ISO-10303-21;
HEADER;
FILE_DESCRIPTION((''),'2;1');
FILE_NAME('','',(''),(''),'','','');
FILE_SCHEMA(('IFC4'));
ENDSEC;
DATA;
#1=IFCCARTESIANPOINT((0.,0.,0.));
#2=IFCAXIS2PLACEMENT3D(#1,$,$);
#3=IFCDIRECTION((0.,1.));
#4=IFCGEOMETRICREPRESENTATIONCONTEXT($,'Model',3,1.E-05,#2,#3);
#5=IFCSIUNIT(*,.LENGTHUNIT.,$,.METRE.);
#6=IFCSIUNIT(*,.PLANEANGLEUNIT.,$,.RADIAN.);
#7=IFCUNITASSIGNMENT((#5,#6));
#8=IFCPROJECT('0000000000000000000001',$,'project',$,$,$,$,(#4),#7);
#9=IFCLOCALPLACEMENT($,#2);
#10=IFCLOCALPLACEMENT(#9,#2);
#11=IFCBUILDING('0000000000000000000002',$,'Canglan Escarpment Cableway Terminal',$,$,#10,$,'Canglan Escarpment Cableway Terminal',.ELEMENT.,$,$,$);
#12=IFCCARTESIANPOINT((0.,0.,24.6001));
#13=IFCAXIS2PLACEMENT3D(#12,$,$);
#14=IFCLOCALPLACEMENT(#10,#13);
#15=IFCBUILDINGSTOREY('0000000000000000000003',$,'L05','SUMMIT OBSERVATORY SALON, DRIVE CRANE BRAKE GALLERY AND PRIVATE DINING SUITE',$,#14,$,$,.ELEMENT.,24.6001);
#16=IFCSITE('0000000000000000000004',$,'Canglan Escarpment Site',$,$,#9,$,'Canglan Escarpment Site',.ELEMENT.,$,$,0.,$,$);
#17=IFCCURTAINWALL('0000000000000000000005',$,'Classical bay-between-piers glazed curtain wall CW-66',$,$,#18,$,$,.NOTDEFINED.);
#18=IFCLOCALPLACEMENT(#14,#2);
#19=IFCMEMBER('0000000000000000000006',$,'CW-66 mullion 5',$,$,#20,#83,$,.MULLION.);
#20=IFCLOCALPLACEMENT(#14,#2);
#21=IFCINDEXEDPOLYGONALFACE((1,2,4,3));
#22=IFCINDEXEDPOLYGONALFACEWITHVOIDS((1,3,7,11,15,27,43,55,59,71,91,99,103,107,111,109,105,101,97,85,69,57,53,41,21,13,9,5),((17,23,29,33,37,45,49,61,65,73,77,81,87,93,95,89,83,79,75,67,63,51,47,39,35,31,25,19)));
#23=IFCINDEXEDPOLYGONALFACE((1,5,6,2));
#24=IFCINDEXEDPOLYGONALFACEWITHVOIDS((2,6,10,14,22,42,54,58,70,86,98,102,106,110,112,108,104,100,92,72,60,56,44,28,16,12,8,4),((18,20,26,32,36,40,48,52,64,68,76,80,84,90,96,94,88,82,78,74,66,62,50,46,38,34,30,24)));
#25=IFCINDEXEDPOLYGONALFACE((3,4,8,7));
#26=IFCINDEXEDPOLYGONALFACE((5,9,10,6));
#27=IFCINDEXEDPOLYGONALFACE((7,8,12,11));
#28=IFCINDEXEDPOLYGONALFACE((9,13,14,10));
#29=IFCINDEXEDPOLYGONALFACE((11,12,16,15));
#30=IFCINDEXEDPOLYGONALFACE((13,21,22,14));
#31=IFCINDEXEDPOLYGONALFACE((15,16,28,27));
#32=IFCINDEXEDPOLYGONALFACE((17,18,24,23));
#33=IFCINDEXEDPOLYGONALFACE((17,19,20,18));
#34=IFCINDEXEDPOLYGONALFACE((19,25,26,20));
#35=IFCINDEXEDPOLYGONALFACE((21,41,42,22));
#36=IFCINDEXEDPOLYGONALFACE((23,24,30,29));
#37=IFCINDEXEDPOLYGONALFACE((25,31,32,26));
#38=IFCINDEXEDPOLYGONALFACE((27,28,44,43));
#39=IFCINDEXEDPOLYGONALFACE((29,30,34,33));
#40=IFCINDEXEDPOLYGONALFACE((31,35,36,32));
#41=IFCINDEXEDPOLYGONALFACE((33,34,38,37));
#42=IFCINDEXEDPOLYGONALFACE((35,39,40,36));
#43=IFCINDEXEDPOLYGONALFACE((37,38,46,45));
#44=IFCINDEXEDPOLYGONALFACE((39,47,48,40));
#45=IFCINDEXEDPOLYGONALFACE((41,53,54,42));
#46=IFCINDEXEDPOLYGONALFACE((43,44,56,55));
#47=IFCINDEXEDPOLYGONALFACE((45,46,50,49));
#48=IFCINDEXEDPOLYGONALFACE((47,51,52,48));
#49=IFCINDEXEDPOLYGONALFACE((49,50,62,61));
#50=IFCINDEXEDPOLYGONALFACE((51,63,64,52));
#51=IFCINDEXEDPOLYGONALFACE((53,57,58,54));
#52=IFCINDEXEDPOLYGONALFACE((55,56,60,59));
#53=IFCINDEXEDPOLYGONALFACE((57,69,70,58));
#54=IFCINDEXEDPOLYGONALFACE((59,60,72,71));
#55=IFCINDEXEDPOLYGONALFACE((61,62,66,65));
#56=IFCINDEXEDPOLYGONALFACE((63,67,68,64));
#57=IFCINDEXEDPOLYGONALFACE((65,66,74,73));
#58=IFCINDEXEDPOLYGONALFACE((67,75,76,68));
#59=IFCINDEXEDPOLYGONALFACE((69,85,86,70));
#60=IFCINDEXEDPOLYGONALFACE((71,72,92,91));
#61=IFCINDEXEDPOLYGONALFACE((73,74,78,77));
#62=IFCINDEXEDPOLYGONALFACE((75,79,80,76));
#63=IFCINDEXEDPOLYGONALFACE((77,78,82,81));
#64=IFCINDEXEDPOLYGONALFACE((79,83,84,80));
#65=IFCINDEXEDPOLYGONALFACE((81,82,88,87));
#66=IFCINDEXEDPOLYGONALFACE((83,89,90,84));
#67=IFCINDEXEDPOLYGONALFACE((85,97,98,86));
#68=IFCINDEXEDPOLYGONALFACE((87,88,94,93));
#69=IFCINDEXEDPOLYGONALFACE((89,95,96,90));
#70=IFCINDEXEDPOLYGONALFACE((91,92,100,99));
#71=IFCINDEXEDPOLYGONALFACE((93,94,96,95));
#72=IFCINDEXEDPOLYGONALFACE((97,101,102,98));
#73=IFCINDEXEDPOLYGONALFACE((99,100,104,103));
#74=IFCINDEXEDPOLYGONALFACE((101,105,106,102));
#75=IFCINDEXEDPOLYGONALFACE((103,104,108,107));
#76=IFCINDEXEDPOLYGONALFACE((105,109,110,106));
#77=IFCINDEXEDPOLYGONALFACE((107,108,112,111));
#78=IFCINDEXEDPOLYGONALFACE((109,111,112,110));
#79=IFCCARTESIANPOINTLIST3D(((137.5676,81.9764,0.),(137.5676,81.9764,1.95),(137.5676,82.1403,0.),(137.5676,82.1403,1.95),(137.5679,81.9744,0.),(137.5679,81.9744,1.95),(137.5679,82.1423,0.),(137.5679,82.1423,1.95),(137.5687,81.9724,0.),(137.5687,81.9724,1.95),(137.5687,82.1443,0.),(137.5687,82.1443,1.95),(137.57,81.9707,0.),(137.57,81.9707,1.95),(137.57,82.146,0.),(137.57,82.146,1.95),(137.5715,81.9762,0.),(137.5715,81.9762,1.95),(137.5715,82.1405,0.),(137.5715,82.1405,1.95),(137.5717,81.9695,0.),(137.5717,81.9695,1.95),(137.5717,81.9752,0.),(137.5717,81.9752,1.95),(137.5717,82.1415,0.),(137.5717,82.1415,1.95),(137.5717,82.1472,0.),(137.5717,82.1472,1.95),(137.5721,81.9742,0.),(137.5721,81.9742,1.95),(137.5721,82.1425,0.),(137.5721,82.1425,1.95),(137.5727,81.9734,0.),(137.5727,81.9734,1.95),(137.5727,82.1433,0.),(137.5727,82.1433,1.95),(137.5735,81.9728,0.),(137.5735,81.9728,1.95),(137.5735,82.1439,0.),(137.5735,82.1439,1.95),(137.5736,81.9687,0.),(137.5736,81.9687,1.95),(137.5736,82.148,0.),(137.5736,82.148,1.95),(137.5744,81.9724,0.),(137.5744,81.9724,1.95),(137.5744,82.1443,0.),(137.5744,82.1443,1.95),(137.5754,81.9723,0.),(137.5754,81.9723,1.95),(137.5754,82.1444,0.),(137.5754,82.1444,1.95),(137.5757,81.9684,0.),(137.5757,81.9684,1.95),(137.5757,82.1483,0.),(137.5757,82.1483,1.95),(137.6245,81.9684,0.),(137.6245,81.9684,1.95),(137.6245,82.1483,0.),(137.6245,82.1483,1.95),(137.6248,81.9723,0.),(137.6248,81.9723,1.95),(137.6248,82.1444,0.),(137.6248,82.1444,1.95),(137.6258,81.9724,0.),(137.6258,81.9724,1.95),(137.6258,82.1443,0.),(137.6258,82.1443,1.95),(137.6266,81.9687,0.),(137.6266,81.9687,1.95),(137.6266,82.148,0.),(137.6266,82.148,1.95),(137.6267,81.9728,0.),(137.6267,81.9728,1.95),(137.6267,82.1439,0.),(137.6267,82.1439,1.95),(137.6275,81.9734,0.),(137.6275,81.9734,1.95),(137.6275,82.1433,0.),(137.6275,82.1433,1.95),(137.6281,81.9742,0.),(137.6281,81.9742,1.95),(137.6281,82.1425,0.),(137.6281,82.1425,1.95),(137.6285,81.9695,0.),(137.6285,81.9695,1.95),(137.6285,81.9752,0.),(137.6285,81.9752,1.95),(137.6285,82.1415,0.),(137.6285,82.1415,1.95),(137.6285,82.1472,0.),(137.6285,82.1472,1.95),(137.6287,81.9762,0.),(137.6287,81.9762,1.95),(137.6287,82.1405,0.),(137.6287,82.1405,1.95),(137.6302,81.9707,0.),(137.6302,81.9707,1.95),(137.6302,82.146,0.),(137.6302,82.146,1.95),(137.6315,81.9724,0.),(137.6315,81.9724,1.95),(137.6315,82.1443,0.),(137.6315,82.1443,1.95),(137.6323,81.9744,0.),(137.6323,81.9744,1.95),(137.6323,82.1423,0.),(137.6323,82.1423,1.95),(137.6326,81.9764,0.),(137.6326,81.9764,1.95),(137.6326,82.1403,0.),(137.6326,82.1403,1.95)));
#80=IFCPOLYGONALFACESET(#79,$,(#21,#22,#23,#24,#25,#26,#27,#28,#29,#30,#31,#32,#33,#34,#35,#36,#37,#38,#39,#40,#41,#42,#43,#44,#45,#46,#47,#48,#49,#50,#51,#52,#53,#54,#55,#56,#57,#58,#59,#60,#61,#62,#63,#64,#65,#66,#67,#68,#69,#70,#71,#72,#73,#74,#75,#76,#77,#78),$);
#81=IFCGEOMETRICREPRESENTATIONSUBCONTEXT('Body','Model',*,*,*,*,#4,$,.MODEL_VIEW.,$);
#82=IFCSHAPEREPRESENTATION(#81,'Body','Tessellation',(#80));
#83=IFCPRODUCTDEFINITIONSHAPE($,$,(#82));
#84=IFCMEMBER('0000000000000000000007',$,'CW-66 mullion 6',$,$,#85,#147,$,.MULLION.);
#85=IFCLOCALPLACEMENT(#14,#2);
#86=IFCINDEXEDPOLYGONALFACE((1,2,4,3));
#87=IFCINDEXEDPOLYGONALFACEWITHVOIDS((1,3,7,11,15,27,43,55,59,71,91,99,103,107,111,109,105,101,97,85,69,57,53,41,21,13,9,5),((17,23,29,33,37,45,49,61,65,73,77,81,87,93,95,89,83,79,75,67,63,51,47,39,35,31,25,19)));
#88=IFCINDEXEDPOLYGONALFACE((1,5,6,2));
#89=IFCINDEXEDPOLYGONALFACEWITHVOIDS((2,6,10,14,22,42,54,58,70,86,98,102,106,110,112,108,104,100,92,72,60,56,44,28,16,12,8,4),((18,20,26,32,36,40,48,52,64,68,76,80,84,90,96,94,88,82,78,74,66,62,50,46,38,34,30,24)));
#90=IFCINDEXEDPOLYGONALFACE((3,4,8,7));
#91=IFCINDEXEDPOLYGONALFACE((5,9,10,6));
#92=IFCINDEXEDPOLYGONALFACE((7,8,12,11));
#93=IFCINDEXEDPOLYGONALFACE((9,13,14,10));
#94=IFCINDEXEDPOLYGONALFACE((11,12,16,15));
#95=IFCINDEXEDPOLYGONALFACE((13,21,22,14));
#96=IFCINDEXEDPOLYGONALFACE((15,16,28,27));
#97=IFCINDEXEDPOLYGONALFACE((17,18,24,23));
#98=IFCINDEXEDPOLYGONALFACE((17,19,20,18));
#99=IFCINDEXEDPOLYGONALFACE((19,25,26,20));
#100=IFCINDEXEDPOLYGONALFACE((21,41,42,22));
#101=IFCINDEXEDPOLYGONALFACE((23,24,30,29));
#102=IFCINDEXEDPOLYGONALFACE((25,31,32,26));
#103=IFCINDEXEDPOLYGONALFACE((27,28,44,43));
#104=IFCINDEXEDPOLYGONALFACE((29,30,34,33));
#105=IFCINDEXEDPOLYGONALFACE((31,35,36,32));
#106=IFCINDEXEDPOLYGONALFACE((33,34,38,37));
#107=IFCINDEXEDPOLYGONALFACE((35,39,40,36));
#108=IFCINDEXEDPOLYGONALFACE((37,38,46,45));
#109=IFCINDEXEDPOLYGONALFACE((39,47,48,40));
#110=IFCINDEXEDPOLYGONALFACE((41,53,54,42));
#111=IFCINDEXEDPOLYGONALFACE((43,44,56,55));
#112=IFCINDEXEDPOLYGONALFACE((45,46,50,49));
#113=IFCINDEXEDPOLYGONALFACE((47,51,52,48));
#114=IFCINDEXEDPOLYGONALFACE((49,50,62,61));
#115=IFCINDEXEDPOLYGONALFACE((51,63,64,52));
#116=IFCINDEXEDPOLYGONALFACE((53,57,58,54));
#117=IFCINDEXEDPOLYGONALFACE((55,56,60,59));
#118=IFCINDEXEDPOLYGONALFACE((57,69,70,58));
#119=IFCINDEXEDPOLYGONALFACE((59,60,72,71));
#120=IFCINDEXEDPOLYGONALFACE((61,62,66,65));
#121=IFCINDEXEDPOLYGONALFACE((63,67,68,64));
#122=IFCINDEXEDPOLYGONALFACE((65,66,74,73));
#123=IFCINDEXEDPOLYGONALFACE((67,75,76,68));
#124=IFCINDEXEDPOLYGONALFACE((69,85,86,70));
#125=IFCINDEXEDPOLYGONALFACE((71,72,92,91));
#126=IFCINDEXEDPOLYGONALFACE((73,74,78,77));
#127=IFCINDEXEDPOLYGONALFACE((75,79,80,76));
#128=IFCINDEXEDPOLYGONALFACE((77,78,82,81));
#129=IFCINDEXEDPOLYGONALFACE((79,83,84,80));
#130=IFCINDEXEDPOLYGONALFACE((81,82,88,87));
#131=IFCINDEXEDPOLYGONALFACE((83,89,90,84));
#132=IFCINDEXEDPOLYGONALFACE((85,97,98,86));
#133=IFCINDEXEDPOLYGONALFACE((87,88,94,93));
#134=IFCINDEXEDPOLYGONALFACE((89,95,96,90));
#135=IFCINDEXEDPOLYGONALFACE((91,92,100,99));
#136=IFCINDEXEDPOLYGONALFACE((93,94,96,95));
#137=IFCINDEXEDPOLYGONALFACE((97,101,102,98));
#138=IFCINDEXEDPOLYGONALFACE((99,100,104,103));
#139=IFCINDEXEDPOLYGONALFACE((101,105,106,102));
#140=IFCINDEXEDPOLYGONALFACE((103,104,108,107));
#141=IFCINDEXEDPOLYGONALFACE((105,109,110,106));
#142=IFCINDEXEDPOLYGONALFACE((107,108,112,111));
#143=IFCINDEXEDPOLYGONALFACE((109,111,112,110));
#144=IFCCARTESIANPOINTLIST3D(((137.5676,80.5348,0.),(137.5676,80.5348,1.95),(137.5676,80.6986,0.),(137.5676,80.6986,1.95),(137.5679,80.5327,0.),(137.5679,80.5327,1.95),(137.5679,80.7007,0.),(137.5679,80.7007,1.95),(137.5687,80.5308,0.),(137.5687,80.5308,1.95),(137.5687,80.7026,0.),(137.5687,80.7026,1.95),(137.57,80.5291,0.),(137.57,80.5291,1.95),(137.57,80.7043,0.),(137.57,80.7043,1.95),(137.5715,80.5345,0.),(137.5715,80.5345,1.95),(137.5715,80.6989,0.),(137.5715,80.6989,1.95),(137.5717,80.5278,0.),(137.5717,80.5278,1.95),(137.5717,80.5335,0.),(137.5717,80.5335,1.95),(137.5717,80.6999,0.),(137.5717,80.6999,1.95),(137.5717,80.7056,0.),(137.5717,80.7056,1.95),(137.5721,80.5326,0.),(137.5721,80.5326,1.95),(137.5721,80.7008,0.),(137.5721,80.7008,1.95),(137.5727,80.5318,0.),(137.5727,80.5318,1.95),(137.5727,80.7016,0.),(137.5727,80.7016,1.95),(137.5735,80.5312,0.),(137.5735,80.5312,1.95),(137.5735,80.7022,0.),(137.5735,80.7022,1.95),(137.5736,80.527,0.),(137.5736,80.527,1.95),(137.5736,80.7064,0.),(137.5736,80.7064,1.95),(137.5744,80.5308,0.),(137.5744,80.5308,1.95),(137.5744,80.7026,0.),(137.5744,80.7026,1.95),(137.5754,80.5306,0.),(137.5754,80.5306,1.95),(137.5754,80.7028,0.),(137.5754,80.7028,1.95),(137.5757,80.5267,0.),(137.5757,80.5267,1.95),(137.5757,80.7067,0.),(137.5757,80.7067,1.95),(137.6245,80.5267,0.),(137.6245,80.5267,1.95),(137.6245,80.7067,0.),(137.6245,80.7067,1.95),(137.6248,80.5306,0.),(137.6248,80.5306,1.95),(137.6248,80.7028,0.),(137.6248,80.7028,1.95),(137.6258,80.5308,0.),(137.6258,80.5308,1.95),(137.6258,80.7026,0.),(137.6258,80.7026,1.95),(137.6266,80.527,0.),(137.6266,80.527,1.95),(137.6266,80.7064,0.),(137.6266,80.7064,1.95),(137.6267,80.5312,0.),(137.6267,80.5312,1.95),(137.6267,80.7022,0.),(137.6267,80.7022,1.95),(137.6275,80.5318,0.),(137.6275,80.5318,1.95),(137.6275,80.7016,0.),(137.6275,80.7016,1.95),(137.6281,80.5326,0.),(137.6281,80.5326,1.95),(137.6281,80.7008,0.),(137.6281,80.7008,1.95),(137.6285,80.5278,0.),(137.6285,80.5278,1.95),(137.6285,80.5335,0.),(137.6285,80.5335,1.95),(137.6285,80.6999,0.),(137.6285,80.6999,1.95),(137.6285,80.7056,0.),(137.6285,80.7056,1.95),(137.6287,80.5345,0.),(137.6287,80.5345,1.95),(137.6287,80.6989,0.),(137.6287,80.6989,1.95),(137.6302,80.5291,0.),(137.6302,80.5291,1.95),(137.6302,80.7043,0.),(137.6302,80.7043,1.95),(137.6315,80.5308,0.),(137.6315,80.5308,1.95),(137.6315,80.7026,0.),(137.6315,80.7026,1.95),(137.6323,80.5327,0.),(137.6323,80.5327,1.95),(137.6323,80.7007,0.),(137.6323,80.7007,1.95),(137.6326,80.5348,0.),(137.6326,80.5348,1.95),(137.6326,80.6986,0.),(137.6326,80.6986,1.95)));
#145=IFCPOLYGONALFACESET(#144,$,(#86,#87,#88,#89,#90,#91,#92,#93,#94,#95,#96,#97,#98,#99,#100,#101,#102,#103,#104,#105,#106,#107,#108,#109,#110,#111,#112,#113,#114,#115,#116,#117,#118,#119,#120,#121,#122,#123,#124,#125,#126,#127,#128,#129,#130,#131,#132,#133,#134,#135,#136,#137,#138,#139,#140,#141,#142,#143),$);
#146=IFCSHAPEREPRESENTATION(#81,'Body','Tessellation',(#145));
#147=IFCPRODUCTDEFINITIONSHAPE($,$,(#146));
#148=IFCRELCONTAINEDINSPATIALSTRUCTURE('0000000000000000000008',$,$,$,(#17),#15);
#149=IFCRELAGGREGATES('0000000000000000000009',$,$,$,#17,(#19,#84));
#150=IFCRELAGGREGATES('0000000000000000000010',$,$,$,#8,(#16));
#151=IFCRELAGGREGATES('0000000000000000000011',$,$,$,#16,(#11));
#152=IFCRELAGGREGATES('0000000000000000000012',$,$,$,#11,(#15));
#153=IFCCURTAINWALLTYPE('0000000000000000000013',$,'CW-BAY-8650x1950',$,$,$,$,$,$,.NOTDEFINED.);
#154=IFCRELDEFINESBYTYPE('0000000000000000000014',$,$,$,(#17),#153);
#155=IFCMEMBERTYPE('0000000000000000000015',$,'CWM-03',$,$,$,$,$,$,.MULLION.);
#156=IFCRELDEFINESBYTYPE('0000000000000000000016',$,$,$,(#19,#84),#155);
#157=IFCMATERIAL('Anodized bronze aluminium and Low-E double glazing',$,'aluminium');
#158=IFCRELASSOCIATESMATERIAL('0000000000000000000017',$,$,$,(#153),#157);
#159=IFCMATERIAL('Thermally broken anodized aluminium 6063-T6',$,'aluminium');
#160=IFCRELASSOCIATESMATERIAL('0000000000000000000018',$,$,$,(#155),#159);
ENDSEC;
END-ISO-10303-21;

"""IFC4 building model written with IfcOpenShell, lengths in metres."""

from ifc_helpers import new_model, si_unit, direction, frame, origin, origin_2d, place, context, subcontext, project, spatial, hollow_rectangle, extrude, material, material_profile, profile_set, type_object, element, aggregate, save


model = new_model("IFC4")

# Units and contexts
model_context = context("Model", 3, precision=1e-05, world=origin(), true_north=direction((0.0, 1.0)))
body_context = subcontext(model_context, "Body", "Model", "MODEL_VIEW")
ifc_project = project(units=[si_unit("LENGTHUNIT", "METRE"), si_unit("PLANEANGLEUNIT", "RADIAN")], contexts=[model_context])

# Site, building, storey
site_placement = place(None, origin())
site = spatial("IfcSite", under=ifc_project, at=site_placement, Name="Canglan Escarpment Site", LongName="Canglan Escarpment Site", CompositionType="ELEMENT", RefElevation=0.0)
building_placement = place(site_placement, origin())
building = spatial("IfcBuilding", under=site, at=building_placement, Name="Canglan Escarpment Cableway Terminal", LongName="Canglan Escarpment Cableway Terminal", CompositionType="ELEMENT")
storey_placement = place(building_placement, frame((0.0, 0.0, 24.6001)))
storey = spatial("IfcBuildingStorey", under=building, at=storey_placement, Name="L05", Description="SUMMIT OBSERVATORY SALON, DRIVE CRANE BRAKE GALLERY AND PRIVATE DINING SUITE", CompositionType="ELEMENT", Elevation=24.6001)

# Curtain wall, members
ifc_material_1 = material(Name="Anodized bronze aluminium and Low-E double glazing", Category="aluminium")
curtain_wall_type = type_object("IfcCurtainWallType", Name="CW-BAY-8650x1950", PredefinedType="NOTDEFINED", material=ifc_material_1)
curtain_wall_placement = place(storey_placement, origin())
curtain_wall = element("IfcCurtainWall", 1, at=curtain_wall_placement, inside=storey, type_object=curtain_wall_type, Name="Classical bay-between-piers glazed curtain wall CW-66", PredefinedType="NOTDEFINED")
ifc_material_2 = material(Name="Thermally broken anodized aluminium 6063-T6", Category="aluminium")
ifc_material_profile_1 = material_profile(ifc_material_2, hollow_rectangle(XDim=0.0649, YDim=0.1799, WallThickness=0.0039, InnerFilletRadius=0.0039, OuterFilletRadius=0.0081, at=origin_2d()), Name="ALU-MULL 65x180x4")
ifc_profile_set_1 = profile_set([ifc_material_profile_1], Name="Thermally broken anodized aluminium 6063-T6")
member_type_1 = type_object("IfcMemberType", Name="CWM-03", PredefinedType="MULLION", material=ifc_profile_set_1)
member_1_placement = place(storey_placement, frame((137.6001, 82.0583, 0.0), z_axis=(0.0, 0.0, 1.0), x_axis=(1.0, 0.0, 0.0)))
member_1 = element("IfcMember", 2, at=member_1_placement, type_object=member_type_1, Name="CW-66 mullion 5", PredefinedType="MULLION", context=body_context, shape_type="SweptSolid", body=[
    extrude(hollow_rectangle(XDim=0.0649, YDim=0.1799, WallThickness=0.0039, InnerFilletRadius=0.0039, OuterFilletRadius=0.0081, at=origin_2d()), origin(), (0.0, 0.0, 1.0), 1.95),
])
member_2_placement = place(storey_placement, frame((137.6001, 80.6167, 0.0), z_axis=(0.0, 0.0, 1.0), x_axis=(1.0, 0.0, 0.0)))
member_2 = element("IfcMember", 3, at=member_2_placement, type_object=member_type_1, Name="CW-66 mullion 6", PredefinedType="MULLION", context=body_context, shape_type="SweptSolid", body=[
    extrude(hollow_rectangle(XDim=0.0649, YDim=0.1799, WallThickness=0.0039, InnerFilletRadius=0.0039, OuterFilletRadius=0.0081, at=origin_2d()), origin(), (0.0, 0.0, 1.0), 1.95),
])
aggregate(curtain_wall, [member_1, member_2])

save(model, "model.ifc")
